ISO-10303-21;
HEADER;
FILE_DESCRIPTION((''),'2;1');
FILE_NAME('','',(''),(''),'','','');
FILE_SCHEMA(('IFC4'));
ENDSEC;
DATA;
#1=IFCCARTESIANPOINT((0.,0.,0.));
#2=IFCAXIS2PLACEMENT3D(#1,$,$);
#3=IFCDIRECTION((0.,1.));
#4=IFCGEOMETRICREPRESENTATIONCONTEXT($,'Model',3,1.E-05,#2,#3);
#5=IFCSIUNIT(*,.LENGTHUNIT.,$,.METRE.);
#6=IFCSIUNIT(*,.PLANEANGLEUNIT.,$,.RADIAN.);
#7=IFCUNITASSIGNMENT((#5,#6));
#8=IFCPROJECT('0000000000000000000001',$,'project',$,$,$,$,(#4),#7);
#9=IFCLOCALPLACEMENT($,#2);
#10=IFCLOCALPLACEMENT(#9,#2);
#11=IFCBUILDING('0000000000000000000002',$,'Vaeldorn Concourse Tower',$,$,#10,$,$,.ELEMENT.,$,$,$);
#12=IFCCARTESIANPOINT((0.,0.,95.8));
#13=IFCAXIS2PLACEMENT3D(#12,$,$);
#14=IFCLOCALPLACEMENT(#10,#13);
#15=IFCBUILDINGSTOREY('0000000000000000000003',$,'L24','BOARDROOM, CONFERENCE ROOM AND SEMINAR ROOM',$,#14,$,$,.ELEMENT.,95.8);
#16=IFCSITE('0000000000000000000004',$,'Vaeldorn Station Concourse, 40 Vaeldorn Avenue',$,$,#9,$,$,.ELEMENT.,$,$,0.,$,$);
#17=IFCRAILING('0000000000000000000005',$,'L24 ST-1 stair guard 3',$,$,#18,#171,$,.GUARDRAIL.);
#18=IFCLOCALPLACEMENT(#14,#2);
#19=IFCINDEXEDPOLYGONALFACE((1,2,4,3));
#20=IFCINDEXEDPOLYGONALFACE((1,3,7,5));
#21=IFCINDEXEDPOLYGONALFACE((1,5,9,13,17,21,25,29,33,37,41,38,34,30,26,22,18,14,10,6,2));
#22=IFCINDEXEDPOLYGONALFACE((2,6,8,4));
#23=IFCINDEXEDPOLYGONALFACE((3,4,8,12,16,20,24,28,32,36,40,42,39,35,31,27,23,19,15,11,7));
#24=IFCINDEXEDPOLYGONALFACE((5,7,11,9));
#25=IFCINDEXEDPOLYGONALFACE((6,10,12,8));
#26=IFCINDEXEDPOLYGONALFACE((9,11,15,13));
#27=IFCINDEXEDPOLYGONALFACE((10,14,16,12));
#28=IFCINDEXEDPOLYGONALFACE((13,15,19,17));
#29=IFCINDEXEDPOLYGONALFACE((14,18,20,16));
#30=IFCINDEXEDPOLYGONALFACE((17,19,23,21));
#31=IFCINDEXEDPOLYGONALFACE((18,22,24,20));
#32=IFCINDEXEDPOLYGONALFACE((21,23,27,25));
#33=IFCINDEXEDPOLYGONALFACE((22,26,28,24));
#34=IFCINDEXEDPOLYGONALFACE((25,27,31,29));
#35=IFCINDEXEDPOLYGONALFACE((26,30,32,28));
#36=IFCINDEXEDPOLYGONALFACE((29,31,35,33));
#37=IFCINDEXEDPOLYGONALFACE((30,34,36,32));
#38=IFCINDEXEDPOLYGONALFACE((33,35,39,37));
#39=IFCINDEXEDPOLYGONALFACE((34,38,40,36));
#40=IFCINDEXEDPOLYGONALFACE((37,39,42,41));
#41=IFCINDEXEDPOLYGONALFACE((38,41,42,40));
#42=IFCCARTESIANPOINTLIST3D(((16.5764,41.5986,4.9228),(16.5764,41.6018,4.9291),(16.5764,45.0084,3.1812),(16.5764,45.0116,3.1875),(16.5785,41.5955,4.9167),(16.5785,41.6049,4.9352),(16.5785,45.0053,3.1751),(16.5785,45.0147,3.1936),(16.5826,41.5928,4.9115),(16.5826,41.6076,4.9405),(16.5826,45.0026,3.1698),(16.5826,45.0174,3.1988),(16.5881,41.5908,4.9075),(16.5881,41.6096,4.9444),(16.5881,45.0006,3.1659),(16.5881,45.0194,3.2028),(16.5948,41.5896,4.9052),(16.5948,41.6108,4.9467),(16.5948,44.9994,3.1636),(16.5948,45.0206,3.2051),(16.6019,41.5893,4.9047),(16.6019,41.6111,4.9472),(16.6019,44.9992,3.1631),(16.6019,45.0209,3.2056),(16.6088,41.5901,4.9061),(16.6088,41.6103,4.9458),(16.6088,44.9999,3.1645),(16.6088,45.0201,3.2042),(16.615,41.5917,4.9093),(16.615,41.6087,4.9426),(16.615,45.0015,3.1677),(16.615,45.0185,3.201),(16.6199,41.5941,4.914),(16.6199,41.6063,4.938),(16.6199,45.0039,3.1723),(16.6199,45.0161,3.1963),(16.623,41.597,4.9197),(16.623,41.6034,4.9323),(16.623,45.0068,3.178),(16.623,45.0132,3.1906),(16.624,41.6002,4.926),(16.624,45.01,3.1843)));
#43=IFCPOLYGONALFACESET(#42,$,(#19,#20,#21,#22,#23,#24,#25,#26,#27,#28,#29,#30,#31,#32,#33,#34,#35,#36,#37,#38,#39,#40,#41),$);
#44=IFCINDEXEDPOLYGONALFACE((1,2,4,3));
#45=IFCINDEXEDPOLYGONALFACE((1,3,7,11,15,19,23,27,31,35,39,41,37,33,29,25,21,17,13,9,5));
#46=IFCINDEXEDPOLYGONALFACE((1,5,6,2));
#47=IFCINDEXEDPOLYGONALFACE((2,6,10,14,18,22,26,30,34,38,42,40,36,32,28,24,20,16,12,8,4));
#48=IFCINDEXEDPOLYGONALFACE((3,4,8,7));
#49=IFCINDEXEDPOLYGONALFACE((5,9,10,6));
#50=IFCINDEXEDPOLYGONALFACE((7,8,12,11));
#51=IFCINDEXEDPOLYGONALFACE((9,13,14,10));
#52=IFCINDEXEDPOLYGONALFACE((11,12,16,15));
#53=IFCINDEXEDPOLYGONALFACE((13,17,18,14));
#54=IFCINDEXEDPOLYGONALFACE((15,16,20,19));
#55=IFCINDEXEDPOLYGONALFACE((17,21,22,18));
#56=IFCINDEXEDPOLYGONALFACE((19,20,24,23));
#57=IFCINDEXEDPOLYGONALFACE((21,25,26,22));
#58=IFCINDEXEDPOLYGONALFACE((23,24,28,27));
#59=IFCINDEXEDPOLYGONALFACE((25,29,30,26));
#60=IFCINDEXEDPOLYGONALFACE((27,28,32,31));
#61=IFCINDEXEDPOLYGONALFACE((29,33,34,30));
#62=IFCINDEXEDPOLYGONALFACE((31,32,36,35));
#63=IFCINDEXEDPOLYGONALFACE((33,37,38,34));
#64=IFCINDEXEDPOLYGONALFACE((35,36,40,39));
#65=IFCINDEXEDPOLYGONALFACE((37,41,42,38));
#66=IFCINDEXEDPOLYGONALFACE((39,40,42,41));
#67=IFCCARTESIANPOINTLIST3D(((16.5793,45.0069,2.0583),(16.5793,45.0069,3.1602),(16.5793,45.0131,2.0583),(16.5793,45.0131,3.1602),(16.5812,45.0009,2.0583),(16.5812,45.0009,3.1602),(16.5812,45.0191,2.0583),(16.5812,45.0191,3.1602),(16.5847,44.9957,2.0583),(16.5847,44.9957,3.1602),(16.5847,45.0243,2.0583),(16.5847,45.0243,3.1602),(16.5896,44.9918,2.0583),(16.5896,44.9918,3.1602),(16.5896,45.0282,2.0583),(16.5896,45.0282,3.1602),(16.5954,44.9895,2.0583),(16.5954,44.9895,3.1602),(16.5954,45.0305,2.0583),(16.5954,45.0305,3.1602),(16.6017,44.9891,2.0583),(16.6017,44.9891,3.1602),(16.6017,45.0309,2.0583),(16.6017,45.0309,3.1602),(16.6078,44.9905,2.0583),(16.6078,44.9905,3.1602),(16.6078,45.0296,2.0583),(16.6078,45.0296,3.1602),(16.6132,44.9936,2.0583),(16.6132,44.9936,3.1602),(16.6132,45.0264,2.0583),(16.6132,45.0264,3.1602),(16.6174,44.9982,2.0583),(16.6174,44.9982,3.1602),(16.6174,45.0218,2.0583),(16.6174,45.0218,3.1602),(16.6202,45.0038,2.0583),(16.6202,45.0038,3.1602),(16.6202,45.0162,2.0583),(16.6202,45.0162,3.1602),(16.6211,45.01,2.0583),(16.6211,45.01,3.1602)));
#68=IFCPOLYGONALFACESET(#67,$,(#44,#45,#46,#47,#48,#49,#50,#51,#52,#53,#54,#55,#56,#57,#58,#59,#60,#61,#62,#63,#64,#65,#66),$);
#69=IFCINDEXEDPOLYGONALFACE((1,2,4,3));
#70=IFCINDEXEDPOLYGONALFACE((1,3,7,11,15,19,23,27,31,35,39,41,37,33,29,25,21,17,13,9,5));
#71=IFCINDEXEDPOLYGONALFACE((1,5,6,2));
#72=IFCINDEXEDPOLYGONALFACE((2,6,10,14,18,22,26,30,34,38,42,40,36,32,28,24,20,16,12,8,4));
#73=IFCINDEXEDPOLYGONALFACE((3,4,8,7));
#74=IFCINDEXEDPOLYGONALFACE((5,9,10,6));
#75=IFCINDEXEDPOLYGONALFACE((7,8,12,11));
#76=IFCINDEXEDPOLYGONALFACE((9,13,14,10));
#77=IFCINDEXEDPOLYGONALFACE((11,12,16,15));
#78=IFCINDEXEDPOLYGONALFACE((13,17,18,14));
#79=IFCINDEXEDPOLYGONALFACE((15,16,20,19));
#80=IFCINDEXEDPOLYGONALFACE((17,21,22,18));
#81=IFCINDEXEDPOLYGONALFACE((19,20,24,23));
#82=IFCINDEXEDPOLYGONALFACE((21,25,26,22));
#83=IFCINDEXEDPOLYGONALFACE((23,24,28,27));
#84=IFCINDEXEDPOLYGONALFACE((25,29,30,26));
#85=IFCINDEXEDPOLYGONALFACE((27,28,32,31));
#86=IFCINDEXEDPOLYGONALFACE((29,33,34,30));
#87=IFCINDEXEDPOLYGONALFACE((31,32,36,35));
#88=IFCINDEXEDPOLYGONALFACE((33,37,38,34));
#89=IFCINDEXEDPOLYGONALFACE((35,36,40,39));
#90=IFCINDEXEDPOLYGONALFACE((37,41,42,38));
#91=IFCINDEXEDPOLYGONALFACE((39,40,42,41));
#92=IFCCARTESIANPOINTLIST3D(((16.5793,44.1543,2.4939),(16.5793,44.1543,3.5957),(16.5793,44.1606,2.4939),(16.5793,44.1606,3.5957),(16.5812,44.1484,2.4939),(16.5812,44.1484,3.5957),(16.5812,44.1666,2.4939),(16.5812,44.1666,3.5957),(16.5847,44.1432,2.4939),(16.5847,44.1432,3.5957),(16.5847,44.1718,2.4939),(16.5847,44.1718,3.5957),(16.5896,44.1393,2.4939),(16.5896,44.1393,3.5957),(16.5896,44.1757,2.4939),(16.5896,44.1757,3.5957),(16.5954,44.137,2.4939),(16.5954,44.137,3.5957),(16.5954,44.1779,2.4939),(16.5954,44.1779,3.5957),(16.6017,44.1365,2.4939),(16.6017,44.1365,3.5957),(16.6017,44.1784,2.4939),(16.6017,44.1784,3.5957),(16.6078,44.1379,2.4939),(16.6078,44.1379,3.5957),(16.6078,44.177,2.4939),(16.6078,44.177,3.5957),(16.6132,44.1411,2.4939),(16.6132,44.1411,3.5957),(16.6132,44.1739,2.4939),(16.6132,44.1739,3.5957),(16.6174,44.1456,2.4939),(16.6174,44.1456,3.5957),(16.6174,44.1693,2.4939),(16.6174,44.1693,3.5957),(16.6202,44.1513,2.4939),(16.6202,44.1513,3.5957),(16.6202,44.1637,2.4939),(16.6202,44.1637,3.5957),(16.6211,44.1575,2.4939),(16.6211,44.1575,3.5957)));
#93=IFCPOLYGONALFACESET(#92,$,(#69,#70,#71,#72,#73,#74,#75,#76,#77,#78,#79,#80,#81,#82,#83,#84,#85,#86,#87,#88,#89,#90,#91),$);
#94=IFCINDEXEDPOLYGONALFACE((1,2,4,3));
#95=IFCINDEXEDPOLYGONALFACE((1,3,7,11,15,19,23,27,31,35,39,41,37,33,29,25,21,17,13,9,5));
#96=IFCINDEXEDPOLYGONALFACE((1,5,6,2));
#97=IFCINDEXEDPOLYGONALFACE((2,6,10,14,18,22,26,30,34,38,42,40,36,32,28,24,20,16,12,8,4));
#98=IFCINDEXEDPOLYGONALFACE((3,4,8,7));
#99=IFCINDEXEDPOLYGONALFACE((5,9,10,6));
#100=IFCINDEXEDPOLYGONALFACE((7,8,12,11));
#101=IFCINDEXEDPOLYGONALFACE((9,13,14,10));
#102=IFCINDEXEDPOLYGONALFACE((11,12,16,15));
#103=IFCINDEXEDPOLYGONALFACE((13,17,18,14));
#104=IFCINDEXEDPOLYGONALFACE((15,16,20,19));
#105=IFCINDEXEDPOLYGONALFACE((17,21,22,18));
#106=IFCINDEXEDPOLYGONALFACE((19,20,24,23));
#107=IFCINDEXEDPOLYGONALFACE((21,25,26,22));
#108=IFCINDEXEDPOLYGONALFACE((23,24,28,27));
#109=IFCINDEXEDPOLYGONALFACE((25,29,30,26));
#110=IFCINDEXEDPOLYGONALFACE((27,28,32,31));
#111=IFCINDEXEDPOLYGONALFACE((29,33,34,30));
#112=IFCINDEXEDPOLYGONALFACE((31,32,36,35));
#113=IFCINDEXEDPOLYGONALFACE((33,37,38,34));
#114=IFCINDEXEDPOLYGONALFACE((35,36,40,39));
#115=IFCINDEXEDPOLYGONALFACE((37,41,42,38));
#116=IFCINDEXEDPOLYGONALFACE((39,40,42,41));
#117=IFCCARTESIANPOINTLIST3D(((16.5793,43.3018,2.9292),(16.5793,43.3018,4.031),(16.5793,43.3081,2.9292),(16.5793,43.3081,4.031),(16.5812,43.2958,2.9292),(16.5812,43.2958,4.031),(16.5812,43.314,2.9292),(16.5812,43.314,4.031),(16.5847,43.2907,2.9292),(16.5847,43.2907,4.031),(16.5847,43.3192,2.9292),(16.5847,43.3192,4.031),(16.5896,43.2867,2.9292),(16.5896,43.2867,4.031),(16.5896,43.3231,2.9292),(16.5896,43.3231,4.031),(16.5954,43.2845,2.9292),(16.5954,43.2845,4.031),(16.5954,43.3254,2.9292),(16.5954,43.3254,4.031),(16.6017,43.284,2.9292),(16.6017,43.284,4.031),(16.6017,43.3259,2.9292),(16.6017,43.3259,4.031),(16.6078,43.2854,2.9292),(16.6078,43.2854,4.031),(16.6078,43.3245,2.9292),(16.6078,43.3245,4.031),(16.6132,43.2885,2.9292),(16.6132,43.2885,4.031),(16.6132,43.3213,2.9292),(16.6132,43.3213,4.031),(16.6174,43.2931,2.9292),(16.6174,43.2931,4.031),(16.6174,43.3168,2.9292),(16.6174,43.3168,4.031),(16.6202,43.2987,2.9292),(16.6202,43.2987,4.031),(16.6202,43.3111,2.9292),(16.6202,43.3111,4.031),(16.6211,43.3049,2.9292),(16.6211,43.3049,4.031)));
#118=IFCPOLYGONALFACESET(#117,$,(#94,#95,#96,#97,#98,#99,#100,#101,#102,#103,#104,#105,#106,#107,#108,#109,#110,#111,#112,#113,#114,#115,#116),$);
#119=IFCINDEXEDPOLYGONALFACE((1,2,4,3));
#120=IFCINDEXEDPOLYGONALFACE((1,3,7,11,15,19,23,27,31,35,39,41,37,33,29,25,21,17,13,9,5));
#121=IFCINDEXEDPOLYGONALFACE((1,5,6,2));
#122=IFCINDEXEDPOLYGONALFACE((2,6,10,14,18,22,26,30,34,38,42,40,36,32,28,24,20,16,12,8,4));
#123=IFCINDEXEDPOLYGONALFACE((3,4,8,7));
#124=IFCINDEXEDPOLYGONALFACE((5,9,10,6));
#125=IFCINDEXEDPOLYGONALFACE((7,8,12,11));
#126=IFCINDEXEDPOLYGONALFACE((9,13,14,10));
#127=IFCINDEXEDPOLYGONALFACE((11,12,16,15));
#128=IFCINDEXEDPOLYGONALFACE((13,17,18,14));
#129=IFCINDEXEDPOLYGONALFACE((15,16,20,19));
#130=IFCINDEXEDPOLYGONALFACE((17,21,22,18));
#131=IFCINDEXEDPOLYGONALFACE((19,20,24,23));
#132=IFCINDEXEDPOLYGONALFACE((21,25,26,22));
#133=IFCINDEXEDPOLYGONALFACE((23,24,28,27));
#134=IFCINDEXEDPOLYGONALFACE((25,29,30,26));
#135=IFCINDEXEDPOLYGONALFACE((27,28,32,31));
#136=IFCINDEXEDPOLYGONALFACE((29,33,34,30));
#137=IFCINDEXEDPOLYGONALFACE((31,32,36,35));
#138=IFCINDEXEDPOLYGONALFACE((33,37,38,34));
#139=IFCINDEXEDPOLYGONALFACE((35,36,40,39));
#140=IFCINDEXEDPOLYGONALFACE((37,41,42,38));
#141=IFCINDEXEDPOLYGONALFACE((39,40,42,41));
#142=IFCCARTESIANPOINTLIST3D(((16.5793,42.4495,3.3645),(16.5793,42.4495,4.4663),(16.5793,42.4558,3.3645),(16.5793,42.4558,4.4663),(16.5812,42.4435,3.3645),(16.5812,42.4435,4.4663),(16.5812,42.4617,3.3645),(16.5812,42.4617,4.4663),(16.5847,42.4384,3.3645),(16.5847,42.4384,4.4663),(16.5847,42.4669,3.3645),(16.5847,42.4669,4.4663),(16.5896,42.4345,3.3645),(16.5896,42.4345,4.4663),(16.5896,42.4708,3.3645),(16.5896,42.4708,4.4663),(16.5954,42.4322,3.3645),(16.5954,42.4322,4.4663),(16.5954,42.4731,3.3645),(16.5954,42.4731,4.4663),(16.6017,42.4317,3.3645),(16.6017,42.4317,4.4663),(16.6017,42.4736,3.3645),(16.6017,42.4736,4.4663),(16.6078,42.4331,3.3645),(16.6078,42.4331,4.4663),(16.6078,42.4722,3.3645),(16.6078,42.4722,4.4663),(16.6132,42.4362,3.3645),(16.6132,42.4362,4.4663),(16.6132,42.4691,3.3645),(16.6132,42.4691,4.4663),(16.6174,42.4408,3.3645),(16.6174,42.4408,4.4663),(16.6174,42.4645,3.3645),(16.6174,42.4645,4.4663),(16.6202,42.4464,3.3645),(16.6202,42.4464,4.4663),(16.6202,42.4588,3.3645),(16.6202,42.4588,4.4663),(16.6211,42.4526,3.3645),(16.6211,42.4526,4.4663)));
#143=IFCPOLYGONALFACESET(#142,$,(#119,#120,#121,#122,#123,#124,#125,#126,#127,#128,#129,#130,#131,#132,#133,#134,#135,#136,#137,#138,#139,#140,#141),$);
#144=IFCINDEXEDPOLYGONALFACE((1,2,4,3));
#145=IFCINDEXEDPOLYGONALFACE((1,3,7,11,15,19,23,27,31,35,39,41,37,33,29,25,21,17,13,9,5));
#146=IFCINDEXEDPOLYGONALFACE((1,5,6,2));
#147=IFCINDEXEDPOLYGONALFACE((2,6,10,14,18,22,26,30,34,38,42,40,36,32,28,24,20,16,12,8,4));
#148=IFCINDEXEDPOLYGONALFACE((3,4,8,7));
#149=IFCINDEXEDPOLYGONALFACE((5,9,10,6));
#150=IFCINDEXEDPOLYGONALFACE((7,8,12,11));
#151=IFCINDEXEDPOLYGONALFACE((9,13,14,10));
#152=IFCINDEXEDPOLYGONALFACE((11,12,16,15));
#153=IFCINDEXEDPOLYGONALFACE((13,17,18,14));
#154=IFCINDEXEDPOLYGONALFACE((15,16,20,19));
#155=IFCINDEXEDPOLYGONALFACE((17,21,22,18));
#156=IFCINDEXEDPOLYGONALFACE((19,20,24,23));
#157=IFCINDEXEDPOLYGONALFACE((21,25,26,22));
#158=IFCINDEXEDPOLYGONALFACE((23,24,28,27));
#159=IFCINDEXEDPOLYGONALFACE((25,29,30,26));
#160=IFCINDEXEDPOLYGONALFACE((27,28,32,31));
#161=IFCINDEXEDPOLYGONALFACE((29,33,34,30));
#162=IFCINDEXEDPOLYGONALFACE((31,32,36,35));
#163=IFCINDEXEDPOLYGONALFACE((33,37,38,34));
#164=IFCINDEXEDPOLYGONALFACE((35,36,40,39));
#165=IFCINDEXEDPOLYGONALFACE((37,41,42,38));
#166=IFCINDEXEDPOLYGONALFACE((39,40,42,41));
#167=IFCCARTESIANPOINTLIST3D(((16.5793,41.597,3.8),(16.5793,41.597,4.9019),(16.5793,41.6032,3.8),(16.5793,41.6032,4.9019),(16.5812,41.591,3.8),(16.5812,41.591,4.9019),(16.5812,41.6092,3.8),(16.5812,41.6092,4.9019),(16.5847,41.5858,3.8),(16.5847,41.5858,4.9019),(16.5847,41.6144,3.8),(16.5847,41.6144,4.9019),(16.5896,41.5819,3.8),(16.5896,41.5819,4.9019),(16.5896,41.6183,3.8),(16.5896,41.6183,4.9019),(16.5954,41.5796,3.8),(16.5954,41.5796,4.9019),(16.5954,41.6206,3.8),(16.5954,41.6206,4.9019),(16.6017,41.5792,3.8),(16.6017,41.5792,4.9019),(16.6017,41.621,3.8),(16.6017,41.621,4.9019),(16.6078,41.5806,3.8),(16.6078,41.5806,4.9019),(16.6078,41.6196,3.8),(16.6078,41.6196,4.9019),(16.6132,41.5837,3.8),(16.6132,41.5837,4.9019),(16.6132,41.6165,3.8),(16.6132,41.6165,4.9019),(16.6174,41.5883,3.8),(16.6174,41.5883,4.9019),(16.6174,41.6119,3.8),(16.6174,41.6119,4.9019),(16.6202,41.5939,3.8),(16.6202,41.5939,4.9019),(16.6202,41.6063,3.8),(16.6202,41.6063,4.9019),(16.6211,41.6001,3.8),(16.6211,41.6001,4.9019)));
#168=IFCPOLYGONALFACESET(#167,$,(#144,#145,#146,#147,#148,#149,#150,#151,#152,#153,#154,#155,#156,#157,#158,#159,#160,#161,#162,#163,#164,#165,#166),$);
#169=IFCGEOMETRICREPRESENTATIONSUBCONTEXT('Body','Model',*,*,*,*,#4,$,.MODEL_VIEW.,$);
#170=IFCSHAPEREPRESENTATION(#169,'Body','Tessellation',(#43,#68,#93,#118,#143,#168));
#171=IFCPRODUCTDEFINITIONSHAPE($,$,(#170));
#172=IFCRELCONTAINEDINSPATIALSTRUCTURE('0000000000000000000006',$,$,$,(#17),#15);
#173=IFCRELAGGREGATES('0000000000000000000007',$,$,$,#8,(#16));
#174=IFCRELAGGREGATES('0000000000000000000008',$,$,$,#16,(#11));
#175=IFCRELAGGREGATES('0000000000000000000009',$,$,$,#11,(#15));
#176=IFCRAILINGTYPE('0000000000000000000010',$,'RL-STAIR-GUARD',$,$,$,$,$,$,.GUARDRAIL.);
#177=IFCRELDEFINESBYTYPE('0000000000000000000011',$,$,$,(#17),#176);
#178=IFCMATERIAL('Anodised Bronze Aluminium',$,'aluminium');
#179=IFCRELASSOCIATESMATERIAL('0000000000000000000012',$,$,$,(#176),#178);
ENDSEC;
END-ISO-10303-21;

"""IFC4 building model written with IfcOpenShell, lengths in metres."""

from ifc_helpers import new_model, si_unit, direction, frame, origin, origin_2d, place, context, subcontext, project, spatial, circle, extrude, material, type_object, element, save


model = new_model("IFC4")

# Units and contexts
model_context = context("Model", 3, precision=1e-05, world=origin(), true_north=direction((0.0, 1.0)))
body_context = subcontext(model_context, "Body", "Model", "MODEL_VIEW")
ifc_project = project(units=[si_unit("LENGTHUNIT", "METRE"), si_unit("PLANEANGLEUNIT", "RADIAN")], contexts=[model_context])

# Site, building, storey
site_placement = place(None, origin())
site = spatial("IfcSite", under=ifc_project, at=site_placement, Name="Vaeldorn Station Concourse, 40 Vaeldorn Avenue", CompositionType="ELEMENT", RefElevation=0.0)
building_placement = place(site_placement, origin())
building = spatial("IfcBuilding", under=site, at=building_placement, Name="Vaeldorn Concourse Tower", CompositionType="ELEMENT")
storey_placement = place(building_placement, frame((0.0, 0.0, 95.8)))
storey = spatial("IfcBuildingStorey", under=building, at=storey_placement, Name="L24", Description="BOARDROOM, CONFERENCE ROOM AND SEMINAR ROOM", CompositionType="ELEMENT", Elevation=95.8)

# Shared definitions
ifc_material_1 = material(Name="Anodised Bronze Aluminium", Category="aluminium")

# Railing
railing_type_1 = type_object("IfcRailingType", Name="RL-STAIR-GUARD", PredefinedType="GUARDRAIL", material=ifc_material_1)
railing_1_placement = place(storey_placement, frame((16.6001, 45.01, 2.0583)))
element("IfcRailing", 1, at=railing_1_placement, inside=storey, type_object=railing_type_1, Name="L24 ST-1 stair guard 3", PredefinedType="GUARDRAIL", context=body_context, shape_type="SweptSolid", body=[
    extrude(circle(Radius=0.0239, at=origin_2d()), frame((0.0, 0.0, 1.126), z_axis=(0.0, -0.890556, 0.454874), x_axis=(1.0, 0.0, 0.0)), (0.0, 0.0, 1.0), 3.8289),
    extrude(circle(Radius=0.021, at=origin_2d()), origin(), (0.0, 0.0, 1.0), 1.1018),
    extrude(circle(Radius=0.021, at=origin_2d()), frame((0.0, -0.8525, 0.4355)), (0.0, 0.0, 1.0), 1.1018),
    extrude(circle(Radius=0.021, at=origin_2d()), frame((0.0, -1.7051, 0.8708)), (0.0, 0.0, 1.0), 1.1018),
    extrude(circle(Radius=0.021, at=origin_2d()), frame((0.0, -2.5574, 1.3062)), (0.0, 0.0, 1.0), 1.1018),
    extrude(circle(Radius=0.021, at=origin_2d()), frame((0.0, -3.4099, 1.7417)), (0.0, 0.0, 1.0), 1.1018),
])

save(model, "model.ifc")
